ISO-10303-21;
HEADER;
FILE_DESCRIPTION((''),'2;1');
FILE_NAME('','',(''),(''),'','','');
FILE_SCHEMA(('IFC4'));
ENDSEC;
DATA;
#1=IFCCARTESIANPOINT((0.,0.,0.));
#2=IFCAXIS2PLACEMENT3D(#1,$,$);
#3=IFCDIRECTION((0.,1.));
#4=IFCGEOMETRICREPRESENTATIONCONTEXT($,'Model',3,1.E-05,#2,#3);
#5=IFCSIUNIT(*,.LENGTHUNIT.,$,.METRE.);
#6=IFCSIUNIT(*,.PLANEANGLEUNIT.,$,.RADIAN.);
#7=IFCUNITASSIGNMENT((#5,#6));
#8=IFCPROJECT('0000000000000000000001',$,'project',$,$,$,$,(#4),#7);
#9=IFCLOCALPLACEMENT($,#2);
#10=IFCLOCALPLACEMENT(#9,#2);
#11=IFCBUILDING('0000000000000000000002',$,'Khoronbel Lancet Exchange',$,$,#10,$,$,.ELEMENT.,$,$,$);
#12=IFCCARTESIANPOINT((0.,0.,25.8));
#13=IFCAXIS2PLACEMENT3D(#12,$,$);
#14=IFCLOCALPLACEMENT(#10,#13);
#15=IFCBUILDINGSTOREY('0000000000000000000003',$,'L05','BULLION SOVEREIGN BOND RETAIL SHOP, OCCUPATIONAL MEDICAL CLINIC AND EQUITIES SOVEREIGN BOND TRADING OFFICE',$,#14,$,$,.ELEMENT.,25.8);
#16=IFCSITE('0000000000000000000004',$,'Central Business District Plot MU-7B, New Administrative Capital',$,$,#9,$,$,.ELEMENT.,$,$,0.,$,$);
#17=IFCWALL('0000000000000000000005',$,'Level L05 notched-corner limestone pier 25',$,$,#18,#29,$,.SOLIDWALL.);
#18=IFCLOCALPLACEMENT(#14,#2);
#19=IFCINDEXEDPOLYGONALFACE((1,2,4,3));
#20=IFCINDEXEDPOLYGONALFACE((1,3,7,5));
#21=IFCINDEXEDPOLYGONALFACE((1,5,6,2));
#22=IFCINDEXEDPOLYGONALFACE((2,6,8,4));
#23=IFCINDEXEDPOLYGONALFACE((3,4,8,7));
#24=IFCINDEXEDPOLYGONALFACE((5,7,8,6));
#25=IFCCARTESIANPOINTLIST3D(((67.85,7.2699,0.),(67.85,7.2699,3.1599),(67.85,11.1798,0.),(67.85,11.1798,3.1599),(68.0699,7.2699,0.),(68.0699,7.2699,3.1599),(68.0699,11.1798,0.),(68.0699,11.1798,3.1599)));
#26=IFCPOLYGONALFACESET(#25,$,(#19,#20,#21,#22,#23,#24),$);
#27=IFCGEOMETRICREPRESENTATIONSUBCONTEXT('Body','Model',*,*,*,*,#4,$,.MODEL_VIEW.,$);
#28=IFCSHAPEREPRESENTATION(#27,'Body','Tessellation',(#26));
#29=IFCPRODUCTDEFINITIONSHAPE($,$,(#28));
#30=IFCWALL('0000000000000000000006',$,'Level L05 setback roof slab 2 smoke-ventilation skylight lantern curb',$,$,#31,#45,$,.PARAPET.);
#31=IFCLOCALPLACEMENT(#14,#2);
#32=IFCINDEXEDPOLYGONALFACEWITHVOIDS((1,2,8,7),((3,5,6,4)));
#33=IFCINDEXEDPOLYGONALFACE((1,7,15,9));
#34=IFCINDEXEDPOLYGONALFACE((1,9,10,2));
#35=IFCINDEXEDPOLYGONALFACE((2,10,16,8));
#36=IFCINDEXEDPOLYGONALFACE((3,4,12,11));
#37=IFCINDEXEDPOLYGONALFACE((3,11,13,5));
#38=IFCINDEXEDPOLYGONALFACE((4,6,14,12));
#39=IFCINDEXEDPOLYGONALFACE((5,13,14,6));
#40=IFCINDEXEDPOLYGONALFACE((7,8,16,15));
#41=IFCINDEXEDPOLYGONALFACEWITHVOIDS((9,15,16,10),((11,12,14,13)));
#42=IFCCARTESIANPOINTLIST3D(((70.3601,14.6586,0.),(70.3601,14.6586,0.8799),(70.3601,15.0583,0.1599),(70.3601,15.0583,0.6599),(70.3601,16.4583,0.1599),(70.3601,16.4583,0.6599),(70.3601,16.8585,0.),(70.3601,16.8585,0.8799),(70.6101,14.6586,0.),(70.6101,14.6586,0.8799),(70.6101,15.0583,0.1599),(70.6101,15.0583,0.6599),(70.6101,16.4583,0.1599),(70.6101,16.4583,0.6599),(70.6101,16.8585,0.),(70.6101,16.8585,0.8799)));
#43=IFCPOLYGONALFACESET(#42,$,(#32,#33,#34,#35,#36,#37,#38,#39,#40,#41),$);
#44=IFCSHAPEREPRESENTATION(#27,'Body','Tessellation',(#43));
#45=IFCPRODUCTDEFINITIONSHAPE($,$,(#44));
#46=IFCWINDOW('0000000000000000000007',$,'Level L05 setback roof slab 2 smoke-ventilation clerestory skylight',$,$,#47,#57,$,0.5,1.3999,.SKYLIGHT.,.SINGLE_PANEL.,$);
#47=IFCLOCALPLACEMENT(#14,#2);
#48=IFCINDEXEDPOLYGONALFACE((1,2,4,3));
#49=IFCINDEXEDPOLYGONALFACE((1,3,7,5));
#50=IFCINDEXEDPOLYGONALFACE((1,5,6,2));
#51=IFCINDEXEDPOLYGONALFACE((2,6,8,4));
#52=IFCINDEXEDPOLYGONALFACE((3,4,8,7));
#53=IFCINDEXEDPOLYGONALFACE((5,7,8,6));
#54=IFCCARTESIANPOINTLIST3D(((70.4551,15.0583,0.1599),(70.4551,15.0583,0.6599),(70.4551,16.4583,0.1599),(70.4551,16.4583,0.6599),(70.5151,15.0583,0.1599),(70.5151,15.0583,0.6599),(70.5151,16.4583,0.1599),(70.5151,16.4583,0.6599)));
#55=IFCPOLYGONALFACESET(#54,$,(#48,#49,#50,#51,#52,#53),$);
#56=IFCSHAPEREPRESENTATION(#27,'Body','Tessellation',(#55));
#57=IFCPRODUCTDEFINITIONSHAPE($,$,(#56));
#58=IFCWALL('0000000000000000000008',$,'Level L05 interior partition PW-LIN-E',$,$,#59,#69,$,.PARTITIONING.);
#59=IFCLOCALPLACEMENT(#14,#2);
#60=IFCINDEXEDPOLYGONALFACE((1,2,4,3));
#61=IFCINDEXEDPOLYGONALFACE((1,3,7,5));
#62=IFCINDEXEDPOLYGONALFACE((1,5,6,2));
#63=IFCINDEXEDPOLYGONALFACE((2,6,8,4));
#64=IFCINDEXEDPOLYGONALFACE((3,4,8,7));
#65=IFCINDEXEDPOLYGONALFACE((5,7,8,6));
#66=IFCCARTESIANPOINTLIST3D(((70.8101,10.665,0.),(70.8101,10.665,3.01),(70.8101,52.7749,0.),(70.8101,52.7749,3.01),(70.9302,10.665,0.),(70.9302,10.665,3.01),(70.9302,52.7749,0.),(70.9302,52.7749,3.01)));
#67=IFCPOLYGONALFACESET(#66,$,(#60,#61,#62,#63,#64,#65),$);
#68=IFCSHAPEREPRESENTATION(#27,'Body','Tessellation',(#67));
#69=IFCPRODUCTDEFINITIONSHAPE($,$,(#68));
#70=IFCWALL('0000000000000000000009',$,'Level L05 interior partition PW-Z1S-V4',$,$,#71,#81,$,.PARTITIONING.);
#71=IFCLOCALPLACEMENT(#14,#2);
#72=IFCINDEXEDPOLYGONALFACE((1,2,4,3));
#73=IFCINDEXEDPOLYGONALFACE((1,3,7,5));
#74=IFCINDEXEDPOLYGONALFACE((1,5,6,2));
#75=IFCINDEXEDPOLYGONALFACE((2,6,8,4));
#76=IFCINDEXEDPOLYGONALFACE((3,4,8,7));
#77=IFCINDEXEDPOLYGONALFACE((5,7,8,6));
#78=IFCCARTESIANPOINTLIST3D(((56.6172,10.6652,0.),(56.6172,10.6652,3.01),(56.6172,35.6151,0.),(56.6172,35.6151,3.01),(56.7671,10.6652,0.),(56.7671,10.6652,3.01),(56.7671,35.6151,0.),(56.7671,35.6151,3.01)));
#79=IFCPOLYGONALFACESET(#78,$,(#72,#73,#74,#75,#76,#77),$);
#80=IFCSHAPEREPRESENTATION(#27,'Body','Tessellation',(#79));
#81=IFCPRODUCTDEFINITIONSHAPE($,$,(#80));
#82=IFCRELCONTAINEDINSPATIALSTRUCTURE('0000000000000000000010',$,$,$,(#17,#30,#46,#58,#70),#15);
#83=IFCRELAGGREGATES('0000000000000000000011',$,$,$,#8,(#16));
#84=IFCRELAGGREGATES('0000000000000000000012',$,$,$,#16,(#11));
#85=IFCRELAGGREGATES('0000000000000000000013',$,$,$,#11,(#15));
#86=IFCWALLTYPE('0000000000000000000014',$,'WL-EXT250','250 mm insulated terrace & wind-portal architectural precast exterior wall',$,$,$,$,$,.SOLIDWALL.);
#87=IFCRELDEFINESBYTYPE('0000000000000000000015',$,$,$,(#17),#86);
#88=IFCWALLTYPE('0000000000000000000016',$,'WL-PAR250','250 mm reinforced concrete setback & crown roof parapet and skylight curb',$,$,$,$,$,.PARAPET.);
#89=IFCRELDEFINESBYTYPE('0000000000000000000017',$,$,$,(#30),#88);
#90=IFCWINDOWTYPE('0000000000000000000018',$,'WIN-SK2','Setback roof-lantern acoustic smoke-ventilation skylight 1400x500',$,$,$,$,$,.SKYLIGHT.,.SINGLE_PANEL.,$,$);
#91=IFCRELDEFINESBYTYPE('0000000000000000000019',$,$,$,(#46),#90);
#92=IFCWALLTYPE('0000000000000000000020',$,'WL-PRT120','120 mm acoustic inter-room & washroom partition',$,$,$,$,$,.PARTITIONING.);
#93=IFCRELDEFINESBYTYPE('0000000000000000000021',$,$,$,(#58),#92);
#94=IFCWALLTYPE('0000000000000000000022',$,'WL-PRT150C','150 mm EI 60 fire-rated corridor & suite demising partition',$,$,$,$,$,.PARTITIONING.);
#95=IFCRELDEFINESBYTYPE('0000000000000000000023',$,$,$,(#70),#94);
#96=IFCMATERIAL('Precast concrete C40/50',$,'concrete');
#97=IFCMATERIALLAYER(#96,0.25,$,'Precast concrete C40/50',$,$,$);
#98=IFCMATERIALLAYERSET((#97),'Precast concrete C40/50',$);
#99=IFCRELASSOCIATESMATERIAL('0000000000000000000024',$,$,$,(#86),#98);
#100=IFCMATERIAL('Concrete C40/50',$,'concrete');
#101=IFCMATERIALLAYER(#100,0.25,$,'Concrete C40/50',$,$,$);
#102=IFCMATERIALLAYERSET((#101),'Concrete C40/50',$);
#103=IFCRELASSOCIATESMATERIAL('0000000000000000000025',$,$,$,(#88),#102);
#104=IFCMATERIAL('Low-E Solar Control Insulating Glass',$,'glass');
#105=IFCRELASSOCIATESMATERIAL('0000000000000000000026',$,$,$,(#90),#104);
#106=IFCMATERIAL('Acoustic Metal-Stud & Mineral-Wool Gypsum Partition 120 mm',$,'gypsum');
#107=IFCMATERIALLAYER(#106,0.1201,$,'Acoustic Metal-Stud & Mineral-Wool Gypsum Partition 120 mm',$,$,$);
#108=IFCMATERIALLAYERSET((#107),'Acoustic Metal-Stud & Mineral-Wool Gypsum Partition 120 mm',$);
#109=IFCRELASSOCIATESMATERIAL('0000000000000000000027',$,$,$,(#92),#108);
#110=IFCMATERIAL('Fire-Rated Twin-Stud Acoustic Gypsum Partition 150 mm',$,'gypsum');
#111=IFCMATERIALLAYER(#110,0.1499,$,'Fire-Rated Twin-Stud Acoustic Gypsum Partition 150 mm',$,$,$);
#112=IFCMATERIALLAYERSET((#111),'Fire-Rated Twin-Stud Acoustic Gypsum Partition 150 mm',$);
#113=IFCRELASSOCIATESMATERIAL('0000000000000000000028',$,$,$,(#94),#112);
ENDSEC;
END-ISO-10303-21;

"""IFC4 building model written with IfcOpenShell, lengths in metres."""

from ifc_helpers import new_model, si_unit, direction, frame, frame_2d, origin, place, context, subcontext, project, spatial, rectangle, extrude, material, layer, layer_set, type_object, element, fill, save


model = new_model("IFC4")

# Units and contexts
model_context = context("Model", 3, precision=1e-05, world=origin(), true_north=direction((0.0, 1.0)))
body_context = subcontext(model_context, "Body", "Model", "MODEL_VIEW")
ifc_project = project(units=[si_unit("LENGTHUNIT", "METRE"), si_unit("PLANEANGLEUNIT", "RADIAN")], contexts=[model_context])

# Site, building, storey
site_placement = place(None, origin())
site = spatial("IfcSite", under=ifc_project, at=site_placement, Name="Central Business District Plot MU-7B, New Administrative Capital", CompositionType="ELEMENT", RefElevation=0.0)
building_placement = place(site_placement, origin())
building = spatial("IfcBuilding", under=site, at=building_placement, Name="Khoronbel Lancet Exchange", CompositionType="ELEMENT")
storey_placement = place(building_placement, frame((0.0, 0.0, 25.8)))
storey = spatial("IfcBuildingStorey", under=building, at=storey_placement, Name="L05", Description="BULLION SOVEREIGN BOND RETAIL SHOP, OCCUPATIONAL MEDICAL CLINIC AND EQUITIES SOVEREIGN BOND TRADING OFFICE", CompositionType="ELEMENT", Elevation=25.8)

# Shared definitions
ifc_material_1 = material(Name="Low-E Solar Control Insulating Glass", Category="glass")

# Wall
ifc_material_2 = material(Name="Precast concrete C40/50", Category="concrete")
ifc_layer_1 = layer(ifc_material_2, 0.25, Name="Precast concrete C40/50")
ifc_layer_set_1 = layer_set([ifc_layer_1], Name="Precast concrete C40/50")
wall_type_1 = type_object("IfcWallType", Name="WL-EXT250", Description="250 mm insulated terrace & wind-portal architectural precast exterior wall", PredefinedType="SOLIDWALL", material=ifc_layer_set_1)
wall_1_placement = place(storey_placement, frame((67.96, 11.1799, 0.0), z_axis=(0.0, 0.0, 1.0), x_axis=(0.0, -1.0, 0.0)))
element("IfcWall", 1, at=wall_1_placement, inside=storey, type_object=wall_type_1, Name="Level L05 notched-corner limestone pier 25", PredefinedType="SOLIDWALL", context=body_context, shape_type="SweptSolid", body=[
    extrude(rectangle(XDim=3.9099, YDim=0.22, at=frame_2d((1.9551, 0.0))), origin(), (0.0, 0.0, 1.0), 3.1599),
])

# Wall, opening, window
ifc_material_3 = material(Name="Concrete C40/50", Category="concrete")
ifc_layer_2 = layer(ifc_material_3, 0.25, Name="Concrete C40/50")
ifc_layer_set_2 = layer_set([ifc_layer_2], Name="Concrete C40/50")
wall_type_2 = type_object("IfcWallType", Name="WL-PAR250", Description="250 mm reinforced concrete setback & crown roof parapet and skylight curb", PredefinedType="PARAPET", material=ifc_layer_set_2)
wall_2_placement = place(storey_placement, frame((70.4851, 14.6584, 0.0), z_axis=(0.0, 0.0, 1.0), x_axis=(0.0, 1.0, 0.0)))
wall_2 = element("IfcWall", 2, at=wall_2_placement, inside=storey, type_object=wall_type_2, Name="Level L05 setback roof slab 2 smoke-ventilation skylight lantern curb", PredefinedType="PARAPET", context=body_context, shape_type="SweptSolid", body=[
    extrude(rectangle(XDim=2.2, YDim=0.25, at=frame_2d((1.1001, 0.0))), origin(), (0.0, 0.0, 1.0), 0.8799),
])
opening_placement = place(wall_2_placement, frame((0.3999, 0.0, 0.1599)))
opening = element("IfcOpeningElement", 3, at=opening_placement, cuts=wall_2, PredefinedType="OPENING", context=body_context, shape_type="SweptSolid", body=[
    extrude(rectangle(XDim=1.3999, YDim=0.5, at=frame_2d((0.7, 0.25))), frame((0.0, 0.135, 0.0), z_axis=(0.0, -1.0, 0.0), x_axis=(1.0, 0.0, 0.0)), (0.0, 0.0, 1.0), 0.27),
])
window_type = type_object("IfcWindowType", Name="WIN-SK2", Description="Setback roof-lantern acoustic smoke-ventilation skylight 1400x500", PartitioningType="SINGLE_PANEL", PredefinedType="SKYLIGHT", material=ifc_material_1)
window_placement = place(opening_placement, origin())
window = element("IfcWindow", 4, at=window_placement, inside=storey, type_object=window_type, Name="Level L05 setback roof slab 2 smoke-ventilation clerestory skylight", OverallHeight=0.5, OverallWidth=1.3999, PartitioningType="SINGLE_PANEL", PredefinedType="SKYLIGHT", context=body_context, shape_type="SweptSolid", body=[
    extrude(rectangle(XDim=1.3999, YDim=0.5, at=frame_2d((0.7, 0.25))), frame((0.0, 0.03, 0.0), z_axis=(0.0, -1.0, 0.0), x_axis=(1.0, 0.0, 0.0)), (0.0, 0.0, 1.0), 0.0601),
])
fill(opening, window)

# Walls
ifc_material_4 = material(Name="Acoustic Metal-Stud & Mineral-Wool Gypsum Partition 120 mm", Category="gypsum")
ifc_layer_3 = layer(ifc_material_4, 0.1201, Name="Acoustic Metal-Stud & Mineral-Wool Gypsum Partition 120 mm")
ifc_layer_set_3 = layer_set([ifc_layer_3], Name="Acoustic Metal-Stud & Mineral-Wool Gypsum Partition 120 mm")
wall_type_3 = type_object("IfcWallType", Name="WL-PRT120", Description="120 mm acoustic inter-room & washroom partition", PredefinedType="PARTITIONING", material=ifc_layer_set_3)
wall_3_placement = place(storey_placement, frame((70.8701, 10.665, 0.0), z_axis=(0.0, 0.0, 1.0), x_axis=(0.0, 1.0, 0.0)))
element("IfcWall", 5, at=wall_3_placement, inside=storey, type_object=wall_type_3, Name="Level L05 interior partition PW-LIN-E", PredefinedType="PARTITIONING", context=body_context, shape_type="SweptSolid", body=[
    extrude(rectangle(XDim=42.1099, YDim=0.1201, at=frame_2d((21.0549, 0.0))), origin(), (0.0, 0.0, 1.0), 3.01),
])
ifc_material_5 = material(Name="Fire-Rated Twin-Stud Acoustic Gypsum Partition 150 mm", Category="gypsum")
ifc_layer_4 = layer(ifc_material_5, 0.1499, Name="Fire-Rated Twin-Stud Acoustic Gypsum Partition 150 mm")
ifc_layer_set_4 = layer_set([ifc_layer_4], Name="Fire-Rated Twin-Stud Acoustic Gypsum Partition 150 mm")
wall_type_4 = type_object("IfcWallType", Name="WL-PRT150C", Description="150 mm EI 60 fire-rated corridor & suite demising partition", PredefinedType="PARTITIONING", material=ifc_layer_set_4)
wall_4_placement = place(storey_placement, frame((56.6921, 10.665, 0.0), z_axis=(0.0, 0.0, 1.0), x_axis=(0.0, 1.0, 0.0)))
element("IfcWall", 6, at=wall_4_placement, inside=storey, type_object=wall_type_4, Name="Level L05 interior partition PW-Z1S-V4", PredefinedType="PARTITIONING", context=body_context, shape_type="SweptSolid", body=[
    extrude(rectangle(XDim=24.95, YDim=0.1499, at=frame_2d((12.4751, 0.0))), origin(), (0.0, 0.0, 1.0), 3.01),
])

save(model, "model.ifc")
